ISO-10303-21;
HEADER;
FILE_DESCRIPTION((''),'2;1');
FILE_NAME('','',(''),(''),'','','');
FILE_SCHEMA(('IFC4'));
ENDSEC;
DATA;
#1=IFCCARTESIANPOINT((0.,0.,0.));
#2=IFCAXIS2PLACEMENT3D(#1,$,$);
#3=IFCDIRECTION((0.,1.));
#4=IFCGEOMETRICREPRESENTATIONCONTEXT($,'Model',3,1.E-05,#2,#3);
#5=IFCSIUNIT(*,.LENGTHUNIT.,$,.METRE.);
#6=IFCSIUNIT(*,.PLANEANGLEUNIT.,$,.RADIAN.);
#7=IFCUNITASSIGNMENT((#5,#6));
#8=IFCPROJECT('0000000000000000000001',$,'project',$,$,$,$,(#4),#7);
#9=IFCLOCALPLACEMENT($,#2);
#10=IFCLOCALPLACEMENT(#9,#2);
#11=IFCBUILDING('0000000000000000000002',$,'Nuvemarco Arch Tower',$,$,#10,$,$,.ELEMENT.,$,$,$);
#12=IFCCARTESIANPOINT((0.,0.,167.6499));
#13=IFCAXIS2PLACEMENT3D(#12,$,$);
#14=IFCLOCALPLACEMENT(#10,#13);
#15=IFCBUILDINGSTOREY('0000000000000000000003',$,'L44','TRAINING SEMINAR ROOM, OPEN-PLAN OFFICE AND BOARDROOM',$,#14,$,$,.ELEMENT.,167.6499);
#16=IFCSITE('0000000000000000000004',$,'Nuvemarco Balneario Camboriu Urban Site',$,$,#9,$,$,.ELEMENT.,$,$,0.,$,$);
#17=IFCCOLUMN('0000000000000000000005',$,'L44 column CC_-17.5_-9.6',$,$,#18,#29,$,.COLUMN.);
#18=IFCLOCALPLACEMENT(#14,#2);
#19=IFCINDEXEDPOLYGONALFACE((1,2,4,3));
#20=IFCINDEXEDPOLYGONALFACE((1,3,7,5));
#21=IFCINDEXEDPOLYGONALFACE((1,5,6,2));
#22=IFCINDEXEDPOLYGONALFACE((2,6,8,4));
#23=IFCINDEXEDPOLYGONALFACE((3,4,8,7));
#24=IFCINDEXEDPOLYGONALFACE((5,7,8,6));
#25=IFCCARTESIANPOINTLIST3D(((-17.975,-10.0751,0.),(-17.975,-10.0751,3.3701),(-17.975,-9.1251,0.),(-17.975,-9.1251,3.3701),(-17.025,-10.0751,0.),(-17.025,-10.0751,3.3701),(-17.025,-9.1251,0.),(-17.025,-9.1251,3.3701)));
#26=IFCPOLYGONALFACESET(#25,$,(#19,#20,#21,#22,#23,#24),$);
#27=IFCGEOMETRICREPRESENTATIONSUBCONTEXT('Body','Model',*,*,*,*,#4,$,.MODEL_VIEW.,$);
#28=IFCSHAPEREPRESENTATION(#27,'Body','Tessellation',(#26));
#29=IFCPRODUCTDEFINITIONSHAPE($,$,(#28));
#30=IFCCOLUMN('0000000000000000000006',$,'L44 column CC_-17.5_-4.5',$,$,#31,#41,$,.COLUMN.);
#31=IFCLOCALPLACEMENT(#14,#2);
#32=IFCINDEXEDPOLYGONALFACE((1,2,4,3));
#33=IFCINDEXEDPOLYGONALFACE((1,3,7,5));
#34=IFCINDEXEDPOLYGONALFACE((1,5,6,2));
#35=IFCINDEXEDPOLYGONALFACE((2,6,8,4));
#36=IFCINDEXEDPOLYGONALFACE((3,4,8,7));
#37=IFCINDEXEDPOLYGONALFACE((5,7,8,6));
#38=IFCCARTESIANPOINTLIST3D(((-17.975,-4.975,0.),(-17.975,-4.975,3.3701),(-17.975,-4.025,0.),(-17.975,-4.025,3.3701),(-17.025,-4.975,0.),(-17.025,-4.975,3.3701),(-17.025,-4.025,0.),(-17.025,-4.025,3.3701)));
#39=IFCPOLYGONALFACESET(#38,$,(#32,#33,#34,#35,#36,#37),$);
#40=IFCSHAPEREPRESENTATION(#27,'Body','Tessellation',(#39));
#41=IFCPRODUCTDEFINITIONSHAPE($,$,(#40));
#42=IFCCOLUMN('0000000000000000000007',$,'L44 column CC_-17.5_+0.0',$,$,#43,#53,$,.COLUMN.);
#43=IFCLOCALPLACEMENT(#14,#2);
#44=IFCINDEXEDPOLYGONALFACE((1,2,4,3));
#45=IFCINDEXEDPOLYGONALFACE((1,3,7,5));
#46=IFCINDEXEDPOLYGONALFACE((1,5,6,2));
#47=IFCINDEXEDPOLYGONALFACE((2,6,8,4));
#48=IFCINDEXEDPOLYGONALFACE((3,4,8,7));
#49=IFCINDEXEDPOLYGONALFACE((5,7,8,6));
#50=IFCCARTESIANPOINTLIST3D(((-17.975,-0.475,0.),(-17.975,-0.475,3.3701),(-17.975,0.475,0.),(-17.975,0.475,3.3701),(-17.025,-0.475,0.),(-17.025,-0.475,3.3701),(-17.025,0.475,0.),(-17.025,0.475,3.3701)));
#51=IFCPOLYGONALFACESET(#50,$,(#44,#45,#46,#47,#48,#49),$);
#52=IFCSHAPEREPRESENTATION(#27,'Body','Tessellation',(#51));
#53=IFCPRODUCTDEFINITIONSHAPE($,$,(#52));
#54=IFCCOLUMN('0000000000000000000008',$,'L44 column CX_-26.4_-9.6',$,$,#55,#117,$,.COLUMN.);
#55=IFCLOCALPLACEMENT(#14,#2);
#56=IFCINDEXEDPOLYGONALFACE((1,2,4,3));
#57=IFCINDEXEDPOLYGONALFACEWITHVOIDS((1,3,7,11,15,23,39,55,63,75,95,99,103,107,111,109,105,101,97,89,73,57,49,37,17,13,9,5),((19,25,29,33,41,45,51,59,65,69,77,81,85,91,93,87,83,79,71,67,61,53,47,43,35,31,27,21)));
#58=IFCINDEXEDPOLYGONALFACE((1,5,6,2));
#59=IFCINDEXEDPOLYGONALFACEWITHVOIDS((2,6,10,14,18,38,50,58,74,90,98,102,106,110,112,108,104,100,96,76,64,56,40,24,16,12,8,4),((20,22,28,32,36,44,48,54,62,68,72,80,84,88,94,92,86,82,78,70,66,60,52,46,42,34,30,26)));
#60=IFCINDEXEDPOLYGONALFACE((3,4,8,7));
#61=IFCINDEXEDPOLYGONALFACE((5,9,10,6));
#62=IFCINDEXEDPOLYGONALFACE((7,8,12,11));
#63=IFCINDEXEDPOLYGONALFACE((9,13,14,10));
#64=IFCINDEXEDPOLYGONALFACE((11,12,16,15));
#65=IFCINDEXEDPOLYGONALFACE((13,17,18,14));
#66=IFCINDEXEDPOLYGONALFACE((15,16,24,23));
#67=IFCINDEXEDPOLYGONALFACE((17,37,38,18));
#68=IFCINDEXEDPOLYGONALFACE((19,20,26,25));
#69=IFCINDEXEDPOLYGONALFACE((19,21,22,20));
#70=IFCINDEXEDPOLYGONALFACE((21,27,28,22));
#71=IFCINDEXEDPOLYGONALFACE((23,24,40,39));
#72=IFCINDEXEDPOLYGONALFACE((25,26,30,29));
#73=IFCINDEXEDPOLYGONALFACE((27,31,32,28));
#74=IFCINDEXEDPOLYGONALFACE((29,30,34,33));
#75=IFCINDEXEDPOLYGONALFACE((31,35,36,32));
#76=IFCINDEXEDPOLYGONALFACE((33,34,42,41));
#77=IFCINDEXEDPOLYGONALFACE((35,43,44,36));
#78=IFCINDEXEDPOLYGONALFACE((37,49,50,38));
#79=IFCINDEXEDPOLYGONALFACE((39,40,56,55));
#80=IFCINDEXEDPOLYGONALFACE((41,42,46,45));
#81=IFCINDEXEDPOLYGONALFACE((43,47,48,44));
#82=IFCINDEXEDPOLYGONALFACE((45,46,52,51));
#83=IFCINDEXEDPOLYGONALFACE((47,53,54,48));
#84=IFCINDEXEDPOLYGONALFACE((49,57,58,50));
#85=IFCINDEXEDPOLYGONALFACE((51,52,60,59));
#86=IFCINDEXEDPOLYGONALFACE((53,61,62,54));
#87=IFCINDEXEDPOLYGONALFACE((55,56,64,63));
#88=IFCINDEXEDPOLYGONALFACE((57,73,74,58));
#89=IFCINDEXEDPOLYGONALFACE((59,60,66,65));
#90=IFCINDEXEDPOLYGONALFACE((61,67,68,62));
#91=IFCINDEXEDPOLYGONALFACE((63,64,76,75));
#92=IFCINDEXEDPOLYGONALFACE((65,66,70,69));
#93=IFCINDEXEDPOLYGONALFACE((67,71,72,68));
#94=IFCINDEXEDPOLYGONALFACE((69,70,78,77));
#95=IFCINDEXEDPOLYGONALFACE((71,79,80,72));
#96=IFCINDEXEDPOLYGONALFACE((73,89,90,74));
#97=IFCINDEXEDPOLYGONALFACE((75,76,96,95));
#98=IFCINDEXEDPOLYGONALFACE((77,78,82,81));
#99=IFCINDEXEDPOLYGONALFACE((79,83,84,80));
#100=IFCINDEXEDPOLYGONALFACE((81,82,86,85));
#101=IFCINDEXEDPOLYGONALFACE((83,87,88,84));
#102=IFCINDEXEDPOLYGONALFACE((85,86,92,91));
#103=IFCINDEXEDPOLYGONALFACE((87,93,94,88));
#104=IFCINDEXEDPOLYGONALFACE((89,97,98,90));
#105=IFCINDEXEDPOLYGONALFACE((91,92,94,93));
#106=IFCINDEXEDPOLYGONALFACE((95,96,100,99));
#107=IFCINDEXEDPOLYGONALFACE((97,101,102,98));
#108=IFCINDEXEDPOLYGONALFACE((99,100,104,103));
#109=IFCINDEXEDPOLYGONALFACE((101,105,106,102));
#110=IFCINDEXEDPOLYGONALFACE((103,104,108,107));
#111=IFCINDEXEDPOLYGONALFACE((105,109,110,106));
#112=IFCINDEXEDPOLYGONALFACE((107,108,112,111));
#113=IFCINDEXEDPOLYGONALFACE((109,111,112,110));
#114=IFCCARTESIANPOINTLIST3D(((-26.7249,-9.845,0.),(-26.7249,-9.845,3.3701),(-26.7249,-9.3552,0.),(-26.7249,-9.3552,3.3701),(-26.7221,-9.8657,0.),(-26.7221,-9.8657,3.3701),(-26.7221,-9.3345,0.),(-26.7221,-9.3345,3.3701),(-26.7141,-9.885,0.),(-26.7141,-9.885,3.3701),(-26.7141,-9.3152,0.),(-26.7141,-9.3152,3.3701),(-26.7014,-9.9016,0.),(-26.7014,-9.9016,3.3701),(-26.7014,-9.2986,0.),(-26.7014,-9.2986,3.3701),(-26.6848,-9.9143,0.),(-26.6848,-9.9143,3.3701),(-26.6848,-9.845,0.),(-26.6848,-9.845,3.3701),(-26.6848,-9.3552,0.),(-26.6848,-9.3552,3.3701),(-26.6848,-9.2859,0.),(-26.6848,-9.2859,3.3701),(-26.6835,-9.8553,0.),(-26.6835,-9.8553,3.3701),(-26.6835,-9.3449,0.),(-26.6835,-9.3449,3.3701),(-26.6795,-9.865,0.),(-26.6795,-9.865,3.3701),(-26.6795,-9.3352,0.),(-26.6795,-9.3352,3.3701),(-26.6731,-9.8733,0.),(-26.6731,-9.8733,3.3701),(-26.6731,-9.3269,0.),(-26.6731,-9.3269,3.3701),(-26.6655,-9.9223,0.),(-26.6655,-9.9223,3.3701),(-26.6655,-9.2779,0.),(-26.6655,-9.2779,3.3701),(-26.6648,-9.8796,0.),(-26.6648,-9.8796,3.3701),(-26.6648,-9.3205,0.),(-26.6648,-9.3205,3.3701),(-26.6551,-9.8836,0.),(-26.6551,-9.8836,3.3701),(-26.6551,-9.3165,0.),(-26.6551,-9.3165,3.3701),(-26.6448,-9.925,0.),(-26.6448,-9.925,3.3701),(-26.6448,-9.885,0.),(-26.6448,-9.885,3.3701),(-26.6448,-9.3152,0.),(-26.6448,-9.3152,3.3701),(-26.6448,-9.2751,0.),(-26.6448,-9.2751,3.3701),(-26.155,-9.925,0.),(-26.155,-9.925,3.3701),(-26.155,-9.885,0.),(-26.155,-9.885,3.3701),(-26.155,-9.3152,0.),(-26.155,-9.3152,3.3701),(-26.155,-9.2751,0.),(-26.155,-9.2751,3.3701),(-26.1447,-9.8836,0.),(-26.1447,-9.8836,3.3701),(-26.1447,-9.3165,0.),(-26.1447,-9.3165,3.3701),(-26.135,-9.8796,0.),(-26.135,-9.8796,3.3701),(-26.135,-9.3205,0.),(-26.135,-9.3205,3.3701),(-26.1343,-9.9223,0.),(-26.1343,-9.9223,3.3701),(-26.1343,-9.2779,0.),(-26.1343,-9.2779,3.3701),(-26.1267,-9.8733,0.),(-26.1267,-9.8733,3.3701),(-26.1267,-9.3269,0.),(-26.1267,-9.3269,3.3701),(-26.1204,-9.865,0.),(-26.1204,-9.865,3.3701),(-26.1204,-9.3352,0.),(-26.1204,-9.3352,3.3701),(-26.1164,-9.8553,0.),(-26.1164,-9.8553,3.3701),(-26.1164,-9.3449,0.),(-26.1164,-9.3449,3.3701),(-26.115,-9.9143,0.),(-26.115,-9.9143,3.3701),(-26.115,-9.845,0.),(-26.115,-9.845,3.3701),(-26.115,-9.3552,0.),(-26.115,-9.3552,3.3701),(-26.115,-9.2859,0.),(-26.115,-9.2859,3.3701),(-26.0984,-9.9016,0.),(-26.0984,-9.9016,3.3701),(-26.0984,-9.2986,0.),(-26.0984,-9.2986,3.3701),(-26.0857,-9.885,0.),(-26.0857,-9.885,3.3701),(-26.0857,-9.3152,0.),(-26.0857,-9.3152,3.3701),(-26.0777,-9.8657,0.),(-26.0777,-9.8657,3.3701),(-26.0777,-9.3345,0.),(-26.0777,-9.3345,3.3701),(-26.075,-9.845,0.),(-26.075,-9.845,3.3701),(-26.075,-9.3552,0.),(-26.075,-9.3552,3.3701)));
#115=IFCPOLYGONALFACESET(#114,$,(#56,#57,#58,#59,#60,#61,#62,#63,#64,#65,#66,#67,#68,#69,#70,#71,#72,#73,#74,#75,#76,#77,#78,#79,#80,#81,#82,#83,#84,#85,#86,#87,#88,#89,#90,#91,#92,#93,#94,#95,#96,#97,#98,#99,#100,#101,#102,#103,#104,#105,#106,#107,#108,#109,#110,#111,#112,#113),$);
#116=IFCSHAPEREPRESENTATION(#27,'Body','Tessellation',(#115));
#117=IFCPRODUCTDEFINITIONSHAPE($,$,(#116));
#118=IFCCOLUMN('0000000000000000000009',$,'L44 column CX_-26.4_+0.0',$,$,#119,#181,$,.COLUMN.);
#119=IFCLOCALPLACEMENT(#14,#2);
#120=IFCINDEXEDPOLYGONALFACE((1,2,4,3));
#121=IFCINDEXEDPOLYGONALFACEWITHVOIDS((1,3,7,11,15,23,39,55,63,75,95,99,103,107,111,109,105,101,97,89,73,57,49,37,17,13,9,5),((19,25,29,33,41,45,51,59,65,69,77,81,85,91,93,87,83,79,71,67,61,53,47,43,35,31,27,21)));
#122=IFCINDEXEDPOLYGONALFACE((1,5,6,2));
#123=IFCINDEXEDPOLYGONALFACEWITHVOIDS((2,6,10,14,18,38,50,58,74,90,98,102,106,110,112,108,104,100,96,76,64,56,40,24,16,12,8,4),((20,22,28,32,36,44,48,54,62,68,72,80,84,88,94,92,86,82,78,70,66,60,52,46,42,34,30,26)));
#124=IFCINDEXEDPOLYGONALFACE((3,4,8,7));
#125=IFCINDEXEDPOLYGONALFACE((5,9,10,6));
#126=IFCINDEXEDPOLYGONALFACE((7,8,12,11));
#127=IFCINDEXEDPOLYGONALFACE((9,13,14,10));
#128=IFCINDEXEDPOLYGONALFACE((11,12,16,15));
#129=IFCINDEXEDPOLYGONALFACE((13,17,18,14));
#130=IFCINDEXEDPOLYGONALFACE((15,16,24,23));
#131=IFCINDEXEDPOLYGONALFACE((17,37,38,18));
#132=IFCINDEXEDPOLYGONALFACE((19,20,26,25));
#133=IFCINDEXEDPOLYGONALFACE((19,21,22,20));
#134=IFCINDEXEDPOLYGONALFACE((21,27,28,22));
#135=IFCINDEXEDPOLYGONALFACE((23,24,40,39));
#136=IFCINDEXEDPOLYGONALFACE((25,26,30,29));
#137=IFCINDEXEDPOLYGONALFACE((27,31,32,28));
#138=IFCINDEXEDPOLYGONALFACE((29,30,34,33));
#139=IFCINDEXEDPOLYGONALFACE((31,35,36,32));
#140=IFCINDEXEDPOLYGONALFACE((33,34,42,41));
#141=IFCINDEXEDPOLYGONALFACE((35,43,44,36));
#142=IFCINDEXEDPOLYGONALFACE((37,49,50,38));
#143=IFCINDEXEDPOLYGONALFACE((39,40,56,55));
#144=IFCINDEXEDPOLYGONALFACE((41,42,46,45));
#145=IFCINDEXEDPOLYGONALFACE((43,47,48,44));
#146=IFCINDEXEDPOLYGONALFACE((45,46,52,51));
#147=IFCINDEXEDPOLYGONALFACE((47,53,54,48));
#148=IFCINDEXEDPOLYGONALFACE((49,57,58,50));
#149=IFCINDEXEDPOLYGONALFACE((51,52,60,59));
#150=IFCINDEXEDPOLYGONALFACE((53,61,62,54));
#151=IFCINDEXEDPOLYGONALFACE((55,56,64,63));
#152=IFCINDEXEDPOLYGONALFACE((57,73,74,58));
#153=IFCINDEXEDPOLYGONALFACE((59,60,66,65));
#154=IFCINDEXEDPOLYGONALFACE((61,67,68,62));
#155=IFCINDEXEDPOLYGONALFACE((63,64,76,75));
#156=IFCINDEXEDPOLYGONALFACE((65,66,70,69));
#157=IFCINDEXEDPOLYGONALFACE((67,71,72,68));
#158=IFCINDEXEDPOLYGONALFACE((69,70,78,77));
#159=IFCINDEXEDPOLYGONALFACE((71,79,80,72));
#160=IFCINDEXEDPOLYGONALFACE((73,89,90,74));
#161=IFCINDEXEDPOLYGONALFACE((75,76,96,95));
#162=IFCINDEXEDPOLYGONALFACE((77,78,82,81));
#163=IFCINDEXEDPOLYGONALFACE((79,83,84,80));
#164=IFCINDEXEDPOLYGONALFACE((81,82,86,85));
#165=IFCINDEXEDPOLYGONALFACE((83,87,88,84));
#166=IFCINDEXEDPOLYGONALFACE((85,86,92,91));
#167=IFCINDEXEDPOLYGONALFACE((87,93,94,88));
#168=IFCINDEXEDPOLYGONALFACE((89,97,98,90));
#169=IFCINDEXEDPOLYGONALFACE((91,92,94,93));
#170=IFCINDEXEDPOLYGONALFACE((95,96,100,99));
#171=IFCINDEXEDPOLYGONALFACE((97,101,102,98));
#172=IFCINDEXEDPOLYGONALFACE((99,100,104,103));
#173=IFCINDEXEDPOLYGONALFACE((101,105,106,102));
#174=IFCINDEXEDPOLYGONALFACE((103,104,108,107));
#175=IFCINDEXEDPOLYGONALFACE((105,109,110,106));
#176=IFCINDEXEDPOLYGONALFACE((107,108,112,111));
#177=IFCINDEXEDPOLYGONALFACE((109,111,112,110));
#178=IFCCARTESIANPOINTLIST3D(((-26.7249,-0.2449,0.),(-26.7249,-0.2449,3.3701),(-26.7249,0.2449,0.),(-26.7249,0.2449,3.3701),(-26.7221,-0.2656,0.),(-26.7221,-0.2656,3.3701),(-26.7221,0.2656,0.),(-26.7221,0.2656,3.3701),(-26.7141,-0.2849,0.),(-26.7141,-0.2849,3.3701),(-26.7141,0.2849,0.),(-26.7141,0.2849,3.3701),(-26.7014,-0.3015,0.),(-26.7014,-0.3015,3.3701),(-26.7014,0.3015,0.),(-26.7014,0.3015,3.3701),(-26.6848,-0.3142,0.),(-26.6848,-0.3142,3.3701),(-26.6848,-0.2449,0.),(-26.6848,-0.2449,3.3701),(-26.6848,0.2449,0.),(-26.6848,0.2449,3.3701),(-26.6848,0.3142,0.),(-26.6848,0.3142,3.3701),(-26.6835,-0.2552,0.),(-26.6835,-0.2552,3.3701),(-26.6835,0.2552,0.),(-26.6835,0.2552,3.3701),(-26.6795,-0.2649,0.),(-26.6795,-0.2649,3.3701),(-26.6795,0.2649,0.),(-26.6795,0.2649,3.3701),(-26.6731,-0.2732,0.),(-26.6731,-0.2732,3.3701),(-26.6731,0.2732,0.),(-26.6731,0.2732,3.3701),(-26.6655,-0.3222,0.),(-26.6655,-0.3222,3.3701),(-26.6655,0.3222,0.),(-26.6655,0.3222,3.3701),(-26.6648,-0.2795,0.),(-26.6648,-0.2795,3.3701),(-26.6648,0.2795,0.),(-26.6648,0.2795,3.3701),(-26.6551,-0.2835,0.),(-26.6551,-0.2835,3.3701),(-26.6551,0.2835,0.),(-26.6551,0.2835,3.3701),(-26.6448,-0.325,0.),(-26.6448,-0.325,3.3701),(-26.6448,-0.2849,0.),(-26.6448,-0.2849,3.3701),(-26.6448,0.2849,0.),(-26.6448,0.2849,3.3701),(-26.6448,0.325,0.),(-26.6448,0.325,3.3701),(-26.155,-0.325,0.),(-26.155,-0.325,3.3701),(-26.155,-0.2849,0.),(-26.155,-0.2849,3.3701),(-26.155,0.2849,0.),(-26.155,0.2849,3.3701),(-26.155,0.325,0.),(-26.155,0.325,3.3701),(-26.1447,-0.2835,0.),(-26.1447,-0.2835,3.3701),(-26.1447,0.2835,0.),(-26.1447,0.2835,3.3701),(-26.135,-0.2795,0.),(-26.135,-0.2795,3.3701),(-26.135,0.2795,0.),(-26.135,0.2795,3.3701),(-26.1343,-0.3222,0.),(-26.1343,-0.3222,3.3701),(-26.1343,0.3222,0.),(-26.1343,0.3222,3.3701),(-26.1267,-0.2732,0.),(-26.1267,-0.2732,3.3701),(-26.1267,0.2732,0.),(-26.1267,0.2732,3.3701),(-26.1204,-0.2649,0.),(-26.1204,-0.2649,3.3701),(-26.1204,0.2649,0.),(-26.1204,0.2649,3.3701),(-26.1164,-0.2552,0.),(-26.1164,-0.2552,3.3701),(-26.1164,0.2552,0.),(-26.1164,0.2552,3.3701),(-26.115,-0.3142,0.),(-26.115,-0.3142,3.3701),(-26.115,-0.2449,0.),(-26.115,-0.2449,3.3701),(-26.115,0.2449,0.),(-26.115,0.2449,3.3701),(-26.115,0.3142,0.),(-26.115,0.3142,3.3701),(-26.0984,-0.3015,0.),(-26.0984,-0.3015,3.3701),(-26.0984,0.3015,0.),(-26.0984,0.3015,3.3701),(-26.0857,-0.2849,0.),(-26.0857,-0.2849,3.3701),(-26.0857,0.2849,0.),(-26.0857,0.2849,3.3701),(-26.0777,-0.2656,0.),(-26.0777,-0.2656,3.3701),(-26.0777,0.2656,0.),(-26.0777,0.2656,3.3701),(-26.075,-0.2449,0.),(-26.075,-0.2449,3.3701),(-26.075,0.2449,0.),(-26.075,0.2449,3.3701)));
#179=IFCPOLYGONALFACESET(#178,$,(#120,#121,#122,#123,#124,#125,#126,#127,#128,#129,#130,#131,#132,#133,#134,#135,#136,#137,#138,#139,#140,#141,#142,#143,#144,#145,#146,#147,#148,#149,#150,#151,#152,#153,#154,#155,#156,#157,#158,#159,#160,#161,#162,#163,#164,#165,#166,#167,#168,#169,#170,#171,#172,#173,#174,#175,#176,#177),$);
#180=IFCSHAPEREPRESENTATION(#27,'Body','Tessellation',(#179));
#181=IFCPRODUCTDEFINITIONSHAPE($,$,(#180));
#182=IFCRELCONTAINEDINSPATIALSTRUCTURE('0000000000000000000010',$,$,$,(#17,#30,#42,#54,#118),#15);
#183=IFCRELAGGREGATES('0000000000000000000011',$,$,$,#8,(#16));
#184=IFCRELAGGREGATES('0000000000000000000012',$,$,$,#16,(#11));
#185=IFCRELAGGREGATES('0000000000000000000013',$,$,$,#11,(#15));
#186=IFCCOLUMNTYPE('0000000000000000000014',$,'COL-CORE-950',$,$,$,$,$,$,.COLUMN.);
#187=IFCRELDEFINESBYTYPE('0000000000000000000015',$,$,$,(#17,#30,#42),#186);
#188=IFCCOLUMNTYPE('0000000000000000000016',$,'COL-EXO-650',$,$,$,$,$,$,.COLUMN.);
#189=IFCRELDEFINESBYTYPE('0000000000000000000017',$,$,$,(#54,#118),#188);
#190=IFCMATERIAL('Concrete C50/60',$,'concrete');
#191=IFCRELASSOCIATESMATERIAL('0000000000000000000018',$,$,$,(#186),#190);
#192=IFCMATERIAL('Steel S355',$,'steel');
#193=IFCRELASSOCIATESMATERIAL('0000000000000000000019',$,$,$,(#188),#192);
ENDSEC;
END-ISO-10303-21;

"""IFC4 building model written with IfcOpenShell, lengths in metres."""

from ifc_helpers import new_model, si_unit, direction, frame, origin, origin_2d, place, context, subcontext, project, spatial, rectangle, hollow_rectangle, extrude, material, material_profile, profile_set, type_object, element, save


model = new_model("IFC4")

# Units and contexts
model_context = context("Model", 3, precision=1e-05, world=origin(), true_north=direction((0.0, 1.0)))
body_context = subcontext(model_context, "Body", "Model", "MODEL_VIEW")
ifc_project = project(units=[si_unit("LENGTHUNIT", "METRE"), si_unit("PLANEANGLEUNIT", "RADIAN")], contexts=[model_context])

# Site, building, storey
site_placement = place(None, origin())
site = spatial("IfcSite", under=ifc_project, at=site_placement, Name="Nuvemarco Balneario Camboriu Urban Site", CompositionType="ELEMENT", RefElevation=0.0)
building_placement = place(site_placement, origin())
building = spatial("IfcBuilding", under=site, at=building_placement, Name="Nuvemarco Arch Tower", CompositionType="ELEMENT")
storey_placement = place(building_placement, frame((0.0, 0.0, 167.6499)))
storey = spatial("IfcBuildingStorey", under=building, at=storey_placement, Name="L44", Description="TRAINING SEMINAR ROOM, OPEN-PLAN OFFICE AND BOARDROOM", CompositionType="ELEMENT", Elevation=167.6499)

# Columns
ifc_material_1 = material(Name="Concrete C50/60", Category="concrete")
ifc_material_profile_1 = material_profile(ifc_material_1, rectangle(XDim=0.95, YDim=0.95, at=origin_2d()), Name="RC-COL-950x950")
ifc_profile_set_1 = profile_set([ifc_material_profile_1], Name="Concrete C50/60")
column_type_1 = type_object("IfcColumnType", Name="COL-CORE-950", PredefinedType="COLUMN", material=ifc_profile_set_1)
for number, where, z_axis, x_axis, name in (
    (1, (-17.5, -9.6001, 0.0), (0.0, 0.0, 1.0), (1.0, 0.0, 0.0), "L44 column CC_-17.5_-9.6"),
    (2, (-17.5, -4.5, 0.0), (0.0, 0.0, 1.0), (1.0, 0.0, 0.0), "L44 column CC_-17.5_-4.5"),
    (3, (-17.5, 0.0, 0.0), (0.0, 0.0, 1.0), (1.0, 0.0, 0.0), "L44 column CC_-17.5_+0.0"),
):
    element("IfcColumn", number, at=place(storey_placement, frame(where, z_axis=z_axis, x_axis=x_axis)), inside=storey, type_object=column_type_1, Name=name, PredefinedType="COLUMN", context=body_context, shape_type="SweptSolid", body=[
        extrude(rectangle(XDim=0.95, YDim=0.95, at=origin_2d()), origin(), (0.0, 0.0, 1.0), 3.3701),
    ])
ifc_material_2 = material(Name="Steel S355", Category="steel")
ifc_material_profile_2 = material_profile(ifc_material_2, hollow_rectangle(XDim=0.6499, YDim=0.6499, WallThickness=0.04, InnerFilletRadius=0.04, OuterFilletRadius=0.0801, at=origin_2d()), Name="SHS650x650x40")
ifc_profile_set_2 = profile_set([ifc_material_profile_2], Name="Steel S355")
column_type_2 = type_object("IfcColumnType", Name="COL-EXO-650", PredefinedType="COLUMN", material=ifc_profile_set_2)
for number, where, z_axis, x_axis, name in (
    (4, (-26.3999, -9.6001, 0.0), (0.0, 0.0, 1.0), (1.0, 0.0, 0.0), "L44 column CX_-26.4_-9.6"),
    (5, (-26.3999, 0.0, 0.0), (0.0, 0.0, 1.0), (1.0, 0.0, 0.0), "L44 column CX_-26.4_+0.0"),
):
    element("IfcColumn", number, at=place(storey_placement, frame(where, z_axis=z_axis, x_axis=x_axis)), inside=storey, type_object=column_type_2, Name=name, PredefinedType="COLUMN", context=body_context, shape_type="SweptSolid", body=[
        extrude(hollow_rectangle(XDim=0.6499, YDim=0.6499, WallThickness=0.04, InnerFilletRadius=0.04, OuterFilletRadius=0.0801, at=origin_2d()), origin(), (0.0, 0.0, 1.0), 3.3701),
    ])

save(model, "model.ifc")
